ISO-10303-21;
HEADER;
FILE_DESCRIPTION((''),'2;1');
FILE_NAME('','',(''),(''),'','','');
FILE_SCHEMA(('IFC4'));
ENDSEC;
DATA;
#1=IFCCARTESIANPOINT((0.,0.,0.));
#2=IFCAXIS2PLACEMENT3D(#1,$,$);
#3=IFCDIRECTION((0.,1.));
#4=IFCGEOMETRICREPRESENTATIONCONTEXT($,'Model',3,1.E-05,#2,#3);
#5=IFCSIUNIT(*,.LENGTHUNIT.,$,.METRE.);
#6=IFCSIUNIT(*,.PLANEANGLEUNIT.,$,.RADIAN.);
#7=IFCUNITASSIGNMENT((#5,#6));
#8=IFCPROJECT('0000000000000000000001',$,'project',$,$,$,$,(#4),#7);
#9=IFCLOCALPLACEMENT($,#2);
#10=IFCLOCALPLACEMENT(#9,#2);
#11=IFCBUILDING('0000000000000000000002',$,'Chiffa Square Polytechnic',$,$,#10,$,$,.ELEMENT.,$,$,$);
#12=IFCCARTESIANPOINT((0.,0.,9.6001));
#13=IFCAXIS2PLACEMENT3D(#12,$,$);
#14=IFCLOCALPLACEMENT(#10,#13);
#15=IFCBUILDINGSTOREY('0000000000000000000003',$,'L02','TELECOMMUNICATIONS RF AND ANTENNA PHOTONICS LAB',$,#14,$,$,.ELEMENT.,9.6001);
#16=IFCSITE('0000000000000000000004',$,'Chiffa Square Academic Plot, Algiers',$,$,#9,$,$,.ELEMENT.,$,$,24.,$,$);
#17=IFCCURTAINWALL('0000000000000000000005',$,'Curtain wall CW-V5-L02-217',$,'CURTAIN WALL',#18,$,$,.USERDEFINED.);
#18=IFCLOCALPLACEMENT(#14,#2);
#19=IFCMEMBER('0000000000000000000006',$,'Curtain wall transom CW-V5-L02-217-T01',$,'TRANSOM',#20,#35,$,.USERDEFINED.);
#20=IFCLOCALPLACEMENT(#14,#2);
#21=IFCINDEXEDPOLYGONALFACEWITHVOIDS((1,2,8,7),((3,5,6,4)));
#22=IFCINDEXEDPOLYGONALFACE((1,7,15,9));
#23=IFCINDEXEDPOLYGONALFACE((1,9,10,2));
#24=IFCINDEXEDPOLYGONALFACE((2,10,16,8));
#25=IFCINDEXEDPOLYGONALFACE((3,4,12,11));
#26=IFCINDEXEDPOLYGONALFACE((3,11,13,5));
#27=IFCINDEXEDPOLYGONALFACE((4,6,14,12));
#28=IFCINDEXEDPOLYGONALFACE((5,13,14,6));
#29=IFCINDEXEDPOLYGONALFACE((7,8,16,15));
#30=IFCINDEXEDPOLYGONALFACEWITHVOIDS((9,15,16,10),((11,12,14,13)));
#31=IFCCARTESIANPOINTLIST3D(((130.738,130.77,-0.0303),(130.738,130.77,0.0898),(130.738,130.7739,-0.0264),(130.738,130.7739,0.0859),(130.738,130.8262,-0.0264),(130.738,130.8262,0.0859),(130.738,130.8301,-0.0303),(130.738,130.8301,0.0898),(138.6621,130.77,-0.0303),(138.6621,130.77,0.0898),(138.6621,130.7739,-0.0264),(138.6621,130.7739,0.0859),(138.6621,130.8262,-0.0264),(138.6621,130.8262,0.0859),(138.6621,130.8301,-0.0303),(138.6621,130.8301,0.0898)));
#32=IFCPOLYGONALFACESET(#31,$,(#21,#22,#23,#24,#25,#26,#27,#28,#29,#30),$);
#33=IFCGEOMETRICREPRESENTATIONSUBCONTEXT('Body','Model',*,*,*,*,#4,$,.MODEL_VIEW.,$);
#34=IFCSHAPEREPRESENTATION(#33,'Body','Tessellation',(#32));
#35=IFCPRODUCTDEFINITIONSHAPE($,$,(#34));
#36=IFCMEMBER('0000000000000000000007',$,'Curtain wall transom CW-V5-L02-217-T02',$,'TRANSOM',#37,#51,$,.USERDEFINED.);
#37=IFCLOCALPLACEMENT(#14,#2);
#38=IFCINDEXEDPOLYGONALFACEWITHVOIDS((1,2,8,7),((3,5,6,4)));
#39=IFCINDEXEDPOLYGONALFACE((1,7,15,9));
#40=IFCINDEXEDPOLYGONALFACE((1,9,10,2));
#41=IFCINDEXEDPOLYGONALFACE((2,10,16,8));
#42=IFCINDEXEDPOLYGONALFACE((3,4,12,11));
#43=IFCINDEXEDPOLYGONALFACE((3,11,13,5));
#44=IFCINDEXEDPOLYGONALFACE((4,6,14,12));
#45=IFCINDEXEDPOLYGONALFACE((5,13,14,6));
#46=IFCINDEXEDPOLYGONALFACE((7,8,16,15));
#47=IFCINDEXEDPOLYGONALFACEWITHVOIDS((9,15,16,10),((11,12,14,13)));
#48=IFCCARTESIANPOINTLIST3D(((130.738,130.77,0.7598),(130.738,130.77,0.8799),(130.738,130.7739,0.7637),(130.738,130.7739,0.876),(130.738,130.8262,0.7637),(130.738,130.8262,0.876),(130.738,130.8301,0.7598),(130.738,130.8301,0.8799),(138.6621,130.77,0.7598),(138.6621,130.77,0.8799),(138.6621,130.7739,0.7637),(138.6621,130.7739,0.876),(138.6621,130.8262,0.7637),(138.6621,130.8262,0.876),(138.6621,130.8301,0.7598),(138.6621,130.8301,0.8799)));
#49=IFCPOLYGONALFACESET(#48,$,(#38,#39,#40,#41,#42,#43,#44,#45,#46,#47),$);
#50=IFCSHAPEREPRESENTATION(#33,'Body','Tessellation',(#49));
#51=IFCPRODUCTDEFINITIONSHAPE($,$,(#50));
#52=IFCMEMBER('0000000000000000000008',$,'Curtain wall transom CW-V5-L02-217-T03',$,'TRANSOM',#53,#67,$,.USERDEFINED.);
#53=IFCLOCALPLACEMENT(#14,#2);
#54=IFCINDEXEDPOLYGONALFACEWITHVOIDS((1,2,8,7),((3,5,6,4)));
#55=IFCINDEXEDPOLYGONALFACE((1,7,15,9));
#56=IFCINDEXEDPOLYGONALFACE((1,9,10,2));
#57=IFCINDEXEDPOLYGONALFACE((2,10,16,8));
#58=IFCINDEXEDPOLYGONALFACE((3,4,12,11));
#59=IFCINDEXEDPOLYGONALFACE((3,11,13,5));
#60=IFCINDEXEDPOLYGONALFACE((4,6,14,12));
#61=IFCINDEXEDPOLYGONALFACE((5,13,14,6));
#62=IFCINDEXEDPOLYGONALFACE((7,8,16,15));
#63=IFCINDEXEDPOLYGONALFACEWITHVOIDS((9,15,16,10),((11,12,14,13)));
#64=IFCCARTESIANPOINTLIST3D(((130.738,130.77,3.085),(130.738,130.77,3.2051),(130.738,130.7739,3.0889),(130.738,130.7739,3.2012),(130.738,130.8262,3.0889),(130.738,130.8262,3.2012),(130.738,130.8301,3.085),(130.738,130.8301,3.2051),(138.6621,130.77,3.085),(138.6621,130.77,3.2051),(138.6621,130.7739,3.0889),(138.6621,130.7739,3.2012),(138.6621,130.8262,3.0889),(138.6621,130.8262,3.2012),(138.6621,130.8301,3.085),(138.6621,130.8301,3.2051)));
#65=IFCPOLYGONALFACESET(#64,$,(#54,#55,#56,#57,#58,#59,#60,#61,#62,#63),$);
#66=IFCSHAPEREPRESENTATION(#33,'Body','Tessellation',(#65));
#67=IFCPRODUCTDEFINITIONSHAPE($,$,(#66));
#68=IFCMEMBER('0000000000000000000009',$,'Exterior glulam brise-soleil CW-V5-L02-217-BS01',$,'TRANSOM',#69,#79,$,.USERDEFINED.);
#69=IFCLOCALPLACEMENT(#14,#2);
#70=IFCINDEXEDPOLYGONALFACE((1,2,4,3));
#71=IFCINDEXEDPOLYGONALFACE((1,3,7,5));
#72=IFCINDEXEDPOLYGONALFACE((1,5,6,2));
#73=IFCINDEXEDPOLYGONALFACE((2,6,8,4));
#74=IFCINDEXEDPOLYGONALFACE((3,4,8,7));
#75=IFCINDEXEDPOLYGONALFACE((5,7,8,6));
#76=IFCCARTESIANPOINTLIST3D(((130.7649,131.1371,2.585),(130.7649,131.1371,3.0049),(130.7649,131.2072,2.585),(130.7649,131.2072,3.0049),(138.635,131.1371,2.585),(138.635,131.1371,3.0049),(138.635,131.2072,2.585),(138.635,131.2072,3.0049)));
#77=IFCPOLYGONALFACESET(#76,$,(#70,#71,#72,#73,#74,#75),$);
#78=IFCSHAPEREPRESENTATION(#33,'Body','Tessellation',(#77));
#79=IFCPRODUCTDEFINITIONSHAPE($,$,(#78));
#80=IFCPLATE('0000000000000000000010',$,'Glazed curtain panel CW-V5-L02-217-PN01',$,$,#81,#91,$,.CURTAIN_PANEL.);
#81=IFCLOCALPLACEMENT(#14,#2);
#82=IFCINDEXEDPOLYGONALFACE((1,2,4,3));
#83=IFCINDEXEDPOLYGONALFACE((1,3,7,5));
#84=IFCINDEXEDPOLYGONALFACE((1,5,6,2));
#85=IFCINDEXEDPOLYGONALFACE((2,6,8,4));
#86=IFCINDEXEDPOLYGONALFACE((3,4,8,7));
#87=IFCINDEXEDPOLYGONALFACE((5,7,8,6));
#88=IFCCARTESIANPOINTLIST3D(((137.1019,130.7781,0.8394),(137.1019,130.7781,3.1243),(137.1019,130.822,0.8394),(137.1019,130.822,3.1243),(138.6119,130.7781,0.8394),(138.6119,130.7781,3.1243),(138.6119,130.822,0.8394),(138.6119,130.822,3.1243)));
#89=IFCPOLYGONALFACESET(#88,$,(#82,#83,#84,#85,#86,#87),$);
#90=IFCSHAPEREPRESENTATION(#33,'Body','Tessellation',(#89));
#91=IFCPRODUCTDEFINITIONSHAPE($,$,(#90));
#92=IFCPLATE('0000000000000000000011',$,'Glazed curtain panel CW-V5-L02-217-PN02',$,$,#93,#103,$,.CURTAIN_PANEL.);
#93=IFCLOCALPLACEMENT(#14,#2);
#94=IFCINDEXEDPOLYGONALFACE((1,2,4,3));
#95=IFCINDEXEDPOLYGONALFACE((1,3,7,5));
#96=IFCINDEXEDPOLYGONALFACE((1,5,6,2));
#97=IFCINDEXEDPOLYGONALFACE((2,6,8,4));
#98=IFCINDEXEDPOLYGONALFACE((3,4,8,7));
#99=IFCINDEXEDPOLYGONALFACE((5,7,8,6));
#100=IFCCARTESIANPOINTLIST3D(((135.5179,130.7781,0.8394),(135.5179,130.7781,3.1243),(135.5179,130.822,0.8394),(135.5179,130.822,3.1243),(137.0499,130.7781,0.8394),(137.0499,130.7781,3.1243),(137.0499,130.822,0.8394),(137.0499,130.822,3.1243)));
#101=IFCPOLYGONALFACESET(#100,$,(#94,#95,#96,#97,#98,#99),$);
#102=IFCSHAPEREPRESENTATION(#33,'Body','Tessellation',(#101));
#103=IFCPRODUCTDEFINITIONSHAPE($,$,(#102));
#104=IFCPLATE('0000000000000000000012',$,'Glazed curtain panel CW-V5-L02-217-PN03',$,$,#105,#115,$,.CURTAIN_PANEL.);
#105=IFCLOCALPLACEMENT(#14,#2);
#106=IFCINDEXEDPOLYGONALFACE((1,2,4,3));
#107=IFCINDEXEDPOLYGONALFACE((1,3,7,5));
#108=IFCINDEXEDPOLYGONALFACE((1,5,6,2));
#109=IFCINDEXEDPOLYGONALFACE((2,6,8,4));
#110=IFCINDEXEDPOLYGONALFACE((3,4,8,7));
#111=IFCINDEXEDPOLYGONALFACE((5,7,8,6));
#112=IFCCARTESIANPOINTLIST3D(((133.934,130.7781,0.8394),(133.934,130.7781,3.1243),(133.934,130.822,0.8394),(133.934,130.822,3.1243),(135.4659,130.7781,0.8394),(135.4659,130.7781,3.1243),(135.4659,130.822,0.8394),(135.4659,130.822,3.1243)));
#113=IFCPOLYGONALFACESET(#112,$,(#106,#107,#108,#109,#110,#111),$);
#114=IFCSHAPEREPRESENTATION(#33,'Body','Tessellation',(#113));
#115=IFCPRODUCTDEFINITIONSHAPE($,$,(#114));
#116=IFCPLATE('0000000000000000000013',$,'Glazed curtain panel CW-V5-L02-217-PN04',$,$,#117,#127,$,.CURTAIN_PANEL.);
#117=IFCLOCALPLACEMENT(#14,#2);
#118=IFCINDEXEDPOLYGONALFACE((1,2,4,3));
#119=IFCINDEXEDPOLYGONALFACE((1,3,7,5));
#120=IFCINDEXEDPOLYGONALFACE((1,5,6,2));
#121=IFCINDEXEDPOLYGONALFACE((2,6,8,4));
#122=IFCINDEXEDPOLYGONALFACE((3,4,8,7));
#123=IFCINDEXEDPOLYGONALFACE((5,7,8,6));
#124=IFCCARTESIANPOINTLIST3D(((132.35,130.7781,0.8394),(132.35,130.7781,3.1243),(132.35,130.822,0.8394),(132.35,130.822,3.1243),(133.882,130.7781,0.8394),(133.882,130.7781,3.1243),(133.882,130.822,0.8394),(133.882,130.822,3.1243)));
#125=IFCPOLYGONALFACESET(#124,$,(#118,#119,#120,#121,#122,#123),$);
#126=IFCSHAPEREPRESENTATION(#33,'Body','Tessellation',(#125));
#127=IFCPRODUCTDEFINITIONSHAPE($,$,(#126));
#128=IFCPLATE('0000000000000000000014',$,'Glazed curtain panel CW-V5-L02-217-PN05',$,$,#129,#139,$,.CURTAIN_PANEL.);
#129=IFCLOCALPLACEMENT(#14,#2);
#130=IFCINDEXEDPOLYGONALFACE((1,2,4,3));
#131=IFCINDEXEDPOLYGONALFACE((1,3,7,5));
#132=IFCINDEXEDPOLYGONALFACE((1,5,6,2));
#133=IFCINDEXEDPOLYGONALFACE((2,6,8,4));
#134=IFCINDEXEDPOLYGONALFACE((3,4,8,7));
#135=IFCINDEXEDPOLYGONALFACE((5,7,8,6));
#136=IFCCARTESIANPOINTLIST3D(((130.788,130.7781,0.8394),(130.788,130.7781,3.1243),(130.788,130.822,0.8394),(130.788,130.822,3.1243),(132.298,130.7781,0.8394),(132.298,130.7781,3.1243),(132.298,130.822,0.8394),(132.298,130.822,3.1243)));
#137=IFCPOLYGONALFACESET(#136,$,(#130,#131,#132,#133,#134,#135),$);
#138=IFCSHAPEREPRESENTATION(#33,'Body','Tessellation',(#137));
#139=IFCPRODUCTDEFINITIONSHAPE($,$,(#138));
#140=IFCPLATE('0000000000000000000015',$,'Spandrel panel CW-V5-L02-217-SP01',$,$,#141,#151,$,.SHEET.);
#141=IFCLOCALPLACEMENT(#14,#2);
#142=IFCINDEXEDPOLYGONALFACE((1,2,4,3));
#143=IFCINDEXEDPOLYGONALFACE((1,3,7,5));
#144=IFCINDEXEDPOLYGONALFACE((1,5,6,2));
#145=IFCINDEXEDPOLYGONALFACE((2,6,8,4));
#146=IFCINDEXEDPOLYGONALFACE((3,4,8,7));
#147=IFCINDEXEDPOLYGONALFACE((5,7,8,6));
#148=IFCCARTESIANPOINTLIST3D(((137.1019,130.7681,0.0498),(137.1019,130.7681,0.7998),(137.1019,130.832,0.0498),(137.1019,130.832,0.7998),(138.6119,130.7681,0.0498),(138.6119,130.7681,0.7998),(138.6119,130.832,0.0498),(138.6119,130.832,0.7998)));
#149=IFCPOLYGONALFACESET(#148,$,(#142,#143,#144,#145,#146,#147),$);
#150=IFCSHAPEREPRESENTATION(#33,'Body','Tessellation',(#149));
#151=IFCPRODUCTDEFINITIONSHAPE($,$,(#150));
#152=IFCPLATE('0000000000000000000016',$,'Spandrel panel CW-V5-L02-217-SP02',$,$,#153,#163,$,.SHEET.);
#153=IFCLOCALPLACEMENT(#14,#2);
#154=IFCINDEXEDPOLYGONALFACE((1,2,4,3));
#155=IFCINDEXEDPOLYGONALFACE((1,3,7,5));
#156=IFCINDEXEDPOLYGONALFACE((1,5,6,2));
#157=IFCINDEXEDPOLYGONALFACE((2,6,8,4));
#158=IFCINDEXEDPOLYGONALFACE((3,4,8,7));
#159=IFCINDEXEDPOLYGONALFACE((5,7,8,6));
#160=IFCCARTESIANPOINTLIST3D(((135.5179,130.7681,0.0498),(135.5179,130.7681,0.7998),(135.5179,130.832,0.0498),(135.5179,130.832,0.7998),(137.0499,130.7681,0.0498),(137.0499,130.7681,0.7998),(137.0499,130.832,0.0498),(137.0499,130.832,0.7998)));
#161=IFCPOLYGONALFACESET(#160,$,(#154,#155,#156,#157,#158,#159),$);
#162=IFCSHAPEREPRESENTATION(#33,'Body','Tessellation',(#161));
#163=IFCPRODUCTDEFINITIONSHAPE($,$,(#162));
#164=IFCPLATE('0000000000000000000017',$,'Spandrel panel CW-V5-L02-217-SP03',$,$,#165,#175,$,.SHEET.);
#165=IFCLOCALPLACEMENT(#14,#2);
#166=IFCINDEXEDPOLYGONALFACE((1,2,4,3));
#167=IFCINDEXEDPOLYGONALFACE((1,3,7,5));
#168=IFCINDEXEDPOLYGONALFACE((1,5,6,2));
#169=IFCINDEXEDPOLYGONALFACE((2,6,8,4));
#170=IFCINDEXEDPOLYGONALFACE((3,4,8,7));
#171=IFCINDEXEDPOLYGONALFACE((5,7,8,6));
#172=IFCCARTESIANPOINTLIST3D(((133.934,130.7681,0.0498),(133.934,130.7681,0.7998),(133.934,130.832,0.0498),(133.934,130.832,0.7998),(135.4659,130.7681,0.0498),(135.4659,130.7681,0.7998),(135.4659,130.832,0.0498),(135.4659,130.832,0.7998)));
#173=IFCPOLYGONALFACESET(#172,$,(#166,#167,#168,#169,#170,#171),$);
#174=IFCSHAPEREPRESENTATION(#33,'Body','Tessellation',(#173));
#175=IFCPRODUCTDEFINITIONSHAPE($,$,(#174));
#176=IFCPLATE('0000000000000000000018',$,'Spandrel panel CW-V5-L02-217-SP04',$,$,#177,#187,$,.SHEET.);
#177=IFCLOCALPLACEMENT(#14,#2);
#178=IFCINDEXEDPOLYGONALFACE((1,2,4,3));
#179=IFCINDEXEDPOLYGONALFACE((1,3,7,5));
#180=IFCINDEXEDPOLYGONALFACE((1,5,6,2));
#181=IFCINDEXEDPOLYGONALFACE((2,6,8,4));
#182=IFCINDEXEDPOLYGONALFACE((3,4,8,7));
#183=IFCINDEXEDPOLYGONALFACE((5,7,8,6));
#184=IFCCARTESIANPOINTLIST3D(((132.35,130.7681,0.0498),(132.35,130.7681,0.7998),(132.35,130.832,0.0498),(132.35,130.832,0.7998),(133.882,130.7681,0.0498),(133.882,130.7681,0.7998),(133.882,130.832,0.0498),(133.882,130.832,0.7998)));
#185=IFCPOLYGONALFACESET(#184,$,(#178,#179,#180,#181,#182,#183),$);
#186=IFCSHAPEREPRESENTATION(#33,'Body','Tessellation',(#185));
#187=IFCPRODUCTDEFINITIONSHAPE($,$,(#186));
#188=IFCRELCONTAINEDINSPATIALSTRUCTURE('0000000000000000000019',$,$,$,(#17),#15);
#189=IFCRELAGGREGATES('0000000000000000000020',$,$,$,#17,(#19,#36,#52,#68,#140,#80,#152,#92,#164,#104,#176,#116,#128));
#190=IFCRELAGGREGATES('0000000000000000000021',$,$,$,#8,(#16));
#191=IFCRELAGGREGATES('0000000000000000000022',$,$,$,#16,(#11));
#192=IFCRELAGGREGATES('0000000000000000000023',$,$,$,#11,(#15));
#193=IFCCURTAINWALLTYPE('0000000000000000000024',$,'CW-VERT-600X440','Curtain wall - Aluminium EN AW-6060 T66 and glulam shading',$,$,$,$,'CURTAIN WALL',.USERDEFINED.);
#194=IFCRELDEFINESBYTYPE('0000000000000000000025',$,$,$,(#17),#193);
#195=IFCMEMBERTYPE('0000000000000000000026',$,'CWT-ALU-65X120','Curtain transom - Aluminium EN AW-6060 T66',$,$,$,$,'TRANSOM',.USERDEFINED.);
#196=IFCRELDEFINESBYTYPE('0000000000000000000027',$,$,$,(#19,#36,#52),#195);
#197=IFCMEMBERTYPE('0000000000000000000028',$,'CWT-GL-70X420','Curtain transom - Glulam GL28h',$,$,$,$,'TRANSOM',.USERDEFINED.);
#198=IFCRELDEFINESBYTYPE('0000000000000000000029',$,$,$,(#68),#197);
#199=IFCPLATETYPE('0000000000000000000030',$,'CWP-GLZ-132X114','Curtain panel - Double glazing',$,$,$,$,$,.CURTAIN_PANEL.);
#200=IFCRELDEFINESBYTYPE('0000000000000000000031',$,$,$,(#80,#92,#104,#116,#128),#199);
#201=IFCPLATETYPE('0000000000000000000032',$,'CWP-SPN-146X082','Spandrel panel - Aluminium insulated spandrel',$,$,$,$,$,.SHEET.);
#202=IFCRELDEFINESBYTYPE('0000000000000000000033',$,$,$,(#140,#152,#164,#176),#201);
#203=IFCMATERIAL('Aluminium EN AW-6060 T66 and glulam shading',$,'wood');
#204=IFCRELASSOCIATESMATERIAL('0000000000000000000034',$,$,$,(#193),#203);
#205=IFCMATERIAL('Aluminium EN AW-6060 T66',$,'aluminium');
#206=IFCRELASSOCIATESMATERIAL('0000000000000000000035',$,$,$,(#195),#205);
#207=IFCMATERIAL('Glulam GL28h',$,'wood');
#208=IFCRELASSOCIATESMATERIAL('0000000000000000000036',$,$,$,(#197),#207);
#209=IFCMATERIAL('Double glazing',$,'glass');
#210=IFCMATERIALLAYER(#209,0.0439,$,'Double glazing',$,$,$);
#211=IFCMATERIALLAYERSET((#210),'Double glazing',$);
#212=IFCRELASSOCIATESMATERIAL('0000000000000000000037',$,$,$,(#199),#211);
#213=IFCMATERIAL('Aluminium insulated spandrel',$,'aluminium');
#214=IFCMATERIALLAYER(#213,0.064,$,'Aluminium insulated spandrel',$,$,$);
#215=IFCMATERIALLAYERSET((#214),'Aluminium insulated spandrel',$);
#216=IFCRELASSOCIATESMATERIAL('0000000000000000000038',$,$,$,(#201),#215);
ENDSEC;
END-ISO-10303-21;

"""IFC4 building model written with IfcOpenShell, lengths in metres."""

from ifc_helpers import new_model, si_unit, direction, frame, origin, origin_2d, place, context, subcontext, project, spatial, rectangle, hollow_rectangle, extrude, material, layer, layer_set, material_profile, profile_set, type_object, element, aggregate, save


model = new_model("IFC4")

# Units and contexts
model_context = context("Model", 3, precision=1e-05, world=origin(), true_north=direction((0.0, 1.0)))
body_context = subcontext(model_context, "Body", "Model", "MODEL_VIEW")
ifc_project = project(units=[si_unit("LENGTHUNIT", "METRE"), si_unit("PLANEANGLEUNIT", "RADIAN")], contexts=[model_context])

# Site, building, storey
site_placement = place(None, origin())
site = spatial("IfcSite", under=ifc_project, at=site_placement, Name="Chiffa Square Academic Plot, Algiers", CompositionType="ELEMENT", RefElevation=24.0)
building_placement = place(site_placement, origin())
building = spatial("IfcBuilding", under=site, at=building_placement, Name="Chiffa Square Polytechnic", CompositionType="ELEMENT")
storey_placement = place(building_placement, frame((0.0, 0.0, 9.6001)))
storey = spatial("IfcBuildingStorey", under=building, at=storey_placement, Name="L02", Description="TELECOMMUNICATIONS RF AND ANTENNA PHOTONICS LAB", CompositionType="ELEMENT", Elevation=9.6001)

# Curtain wall, members, plates
ifc_material_1 = material(Name="Aluminium EN AW-6060 T66 and glulam shading", Category="wood")
curtain_wall_type = type_object("IfcCurtainWallType", Name="CW-VERT-600X440", Description="Curtain wall - Aluminium EN AW-6060 T66 and glulam shading", ElementType="CURTAIN WALL", PredefinedType="USERDEFINED", material=ifc_material_1)
curtain_wall_placement = place(storey_placement, origin())
curtain_wall = element("IfcCurtainWall", 1, at=curtain_wall_placement, inside=storey, type_object=curtain_wall_type, Name="Curtain wall CW-V5-L02-217", ObjectType="CURTAIN WALL", PredefinedType="USERDEFINED")
ifc_material_2 = material(Name="Aluminium EN AW-6060 T66", Category="aluminium")
ifc_material_3 = material(Name="Glulam GL28h", Category="wood")
ifc_material_profile_1 = material_profile(ifc_material_2, hollow_rectangle(XDim=0.0601, YDim=0.1201, WallThickness=0.0039, at=origin_2d()), Name="ALU 60x120x4")
ifc_profile_set_1 = profile_set([ifc_material_profile_1], Name="Aluminium EN AW-6060 T66")
member_type_1 = type_object("IfcMemberType", Name="CWT-ALU-65X120", Description="Curtain transom - Aluminium EN AW-6060 T66", ElementType="TRANSOM", PredefinedType="USERDEFINED", material=ifc_profile_set_1)
member_1_placement = place(storey_placement, frame((138.6621, 130.8, 0.0298), z_axis=(-1.0, 0.0, 0.0), x_axis=(0.0, -1.0, 0.0)))
member_1 = element("IfcMember", 2, at=member_1_placement, type_object=member_type_1, Name="Curtain wall transom CW-V5-L02-217-T01", ObjectType="TRANSOM", PredefinedType="USERDEFINED", context=body_context, shape_type="SweptSolid", body=[
    extrude(hollow_rectangle(XDim=0.0601, YDim=0.1201, WallThickness=0.0039, at=origin_2d()), origin(), (0.0, 0.0, 1.0), 7.9241),
])
member_2_placement = place(storey_placement, frame((138.6621, 130.8, 0.8198), z_axis=(-1.0, 0.0, 0.0), x_axis=(0.0, -1.0, 0.0)))
member_2 = element("IfcMember", 3, at=member_2_placement, type_object=member_type_1, Name="Curtain wall transom CW-V5-L02-217-T02", ObjectType="TRANSOM", PredefinedType="USERDEFINED", context=body_context, shape_type="SweptSolid", body=[
    extrude(hollow_rectangle(XDim=0.0601, YDim=0.1201, WallThickness=0.0039, at=origin_2d()), origin(), (0.0, 0.0, 1.0), 7.9241),
])
member_3_placement = place(storey_placement, frame((138.6621, 130.8, 3.145), z_axis=(-1.0, 0.0, 0.0), x_axis=(0.0, -1.0, 0.0)))
member_3 = element("IfcMember", 4, at=member_3_placement, type_object=member_type_1, Name="Curtain wall transom CW-V5-L02-217-T03", ObjectType="TRANSOM", PredefinedType="USERDEFINED", context=body_context, shape_type="SweptSolid", body=[
    extrude(hollow_rectangle(XDim=0.0601, YDim=0.1201, WallThickness=0.0039, at=origin_2d()), origin(), (0.0, 0.0, 1.0), 7.9241),
])
ifc_material_profile_2 = material_profile(ifc_material_3, rectangle(XDim=0.0701, YDim=0.4199, at=origin_2d()), Name="GL28h 70x420")
ifc_profile_set_2 = profile_set([ifc_material_profile_2], Name="Glulam GL28h")
member_type_2 = type_object("IfcMemberType", Name="CWT-GL-70X420", Description="Curtain transom - Glulam GL28h", ElementType="TRANSOM", PredefinedType="USERDEFINED", material=ifc_profile_set_2)
member_4_placement = place(storey_placement, frame((138.635, 131.1721, 2.7949), z_axis=(-1.0, 0.0, 0.0), x_axis=(0.0, -1.0, 0.0)))
member_4 = element("IfcMember", 5, at=member_4_placement, type_object=member_type_2, Name="Exterior glulam brise-soleil CW-V5-L02-217-BS01", ObjectType="TRANSOM", PredefinedType="USERDEFINED", context=body_context, shape_type="SweptSolid", body=[
    extrude(rectangle(XDim=0.0701, YDim=0.4199, at=origin_2d()), origin(), (0.0, 0.0, 1.0), 7.8701),
])
ifc_material_4 = material(Name="Double glazing", Category="glass")
ifc_layer_1 = layer(ifc_material_4, 0.0439, Name="Double glazing")
ifc_layer_set_1 = layer_set([ifc_layer_1], Name="Double glazing")
plate_type_1 = type_object("IfcPlateType", Name="CWP-GLZ-132X114", Description="Curtain panel - Double glazing", PredefinedType="CURTAIN_PANEL", material=ifc_layer_set_1)
plate_1_placement = place(storey_placement, frame((137.8569, 130.8, 0.8394), z_axis=(0.0, 0.0, 1.0), x_axis=(-1.0, 0.0, 0.0)))
plate_1 = element("IfcPlate", 6, at=plate_1_placement, type_object=plate_type_1, Name="Glazed curtain panel CW-V5-L02-217-PN01", PredefinedType="CURTAIN_PANEL", context=body_context, shape_type="SweptSolid", body=[
    extrude(rectangle(XDim=1.51, YDim=0.0439, at=origin_2d()), origin(), (0.0, 0.0, 1.0), 2.2849),
])
plate_2_placement = place(storey_placement, frame((136.2839, 130.8, 0.8394), z_axis=(0.0, 0.0, 1.0), x_axis=(-1.0, 0.0, 0.0)))
plate_2 = element("IfcPlate", 7, at=plate_2_placement, type_object=plate_type_1, Name="Glazed curtain panel CW-V5-L02-217-PN02", PredefinedType="CURTAIN_PANEL", context=body_context, shape_type="SweptSolid", body=[
    extrude(rectangle(XDim=1.532, YDim=0.0439, at=origin_2d()), origin(), (0.0, 0.0, 1.0), 2.2849),
])
plate_3_placement = place(storey_placement, frame((134.7, 130.8, 0.8394), z_axis=(0.0, 0.0, 1.0), x_axis=(-1.0, 0.0, 0.0)))
plate_3 = element("IfcPlate", 8, at=plate_3_placement, type_object=plate_type_1, Name="Glazed curtain panel CW-V5-L02-217-PN03", PredefinedType="CURTAIN_PANEL", context=body_context, shape_type="SweptSolid", body=[
    extrude(rectangle(XDim=1.532, YDim=0.0439, at=origin_2d()), origin(), (0.0, 0.0, 1.0), 2.2849),
])
plate_4_placement = place(storey_placement, frame((133.116, 130.8, 0.8394), z_axis=(0.0, 0.0, 1.0), x_axis=(-1.0, 0.0, 0.0)))
plate_4 = element("IfcPlate", 9, at=plate_4_placement, type_object=plate_type_1, Name="Glazed curtain panel CW-V5-L02-217-PN04", PredefinedType="CURTAIN_PANEL", context=body_context, shape_type="SweptSolid", body=[
    extrude(rectangle(XDim=1.532, YDim=0.0439, at=origin_2d()), origin(), (0.0, 0.0, 1.0), 2.2849),
])
plate_5_placement = place(storey_placement, frame((131.543, 130.8, 0.8394), z_axis=(0.0, 0.0, 1.0), x_axis=(-1.0, 0.0, 0.0)))
plate_5 = element("IfcPlate", 10, at=plate_5_placement, type_object=plate_type_1, Name="Glazed curtain panel CW-V5-L02-217-PN05", PredefinedType="CURTAIN_PANEL", context=body_context, shape_type="SweptSolid", body=[
    extrude(rectangle(XDim=1.51, YDim=0.0439, at=origin_2d()), origin(), (0.0, 0.0, 1.0), 2.2849),
])
ifc_material_5 = material(Name="Aluminium insulated spandrel", Category="aluminium")
ifc_layer_2 = layer(ifc_material_5, 0.064, Name="Aluminium insulated spandrel")
ifc_layer_set_2 = layer_set([ifc_layer_2], Name="Aluminium insulated spandrel")
plate_type_2 = type_object("IfcPlateType", Name="CWP-SPN-146X082", Description="Spandrel panel - Aluminium insulated spandrel", PredefinedType="SHEET", material=ifc_layer_set_2)
plate_6_placement = place(storey_placement, frame((137.8569, 130.8, 0.0498), z_axis=(0.0, 0.0, 1.0), x_axis=(-1.0, 0.0, 0.0)))
plate_6 = element("IfcPlate", 11, at=plate_6_placement, type_object=plate_type_2, Name="Spandrel panel CW-V5-L02-217-SP01", PredefinedType="SHEET", context=body_context, shape_type="SweptSolid", body=[
    extrude(rectangle(XDim=1.51, YDim=0.064, at=origin_2d()), origin(), (0.0, 0.0, 1.0), 0.75),
])
plate_7_placement = place(storey_placement, frame((136.2839, 130.8, 0.0498), z_axis=(0.0, 0.0, 1.0), x_axis=(-1.0, 0.0, 0.0)))
plate_7 = element("IfcPlate", 12, at=plate_7_placement, type_object=plate_type_2, Name="Spandrel panel CW-V5-L02-217-SP02", PredefinedType="SHEET", context=body_context, shape_type="SweptSolid", body=[
    extrude(rectangle(XDim=1.532, YDim=0.064, at=origin_2d()), origin(), (0.0, 0.0, 1.0), 0.75),
])
plate_8_placement = place(storey_placement, frame((134.7, 130.8, 0.0498), z_axis=(0.0, 0.0, 1.0), x_axis=(-1.0, 0.0, 0.0)))
plate_8 = element("IfcPlate", 13, at=plate_8_placement, type_object=plate_type_2, Name="Spandrel panel CW-V5-L02-217-SP03", PredefinedType="SHEET", context=body_context, shape_type="SweptSolid", body=[
    extrude(rectangle(XDim=1.532, YDim=0.064, at=origin_2d()), origin(), (0.0, 0.0, 1.0), 0.75),
])
plate_9_placement = place(storey_placement, frame((133.116, 130.8, 0.0498), z_axis=(0.0, 0.0, 1.0), x_axis=(-1.0, 0.0, 0.0)))
plate_9 = element("IfcPlate", 14, at=plate_9_placement, type_object=plate_type_2, Name="Spandrel panel CW-V5-L02-217-SP04", PredefinedType="SHEET", context=body_context, shape_type="SweptSolid", body=[
    extrude(rectangle(XDim=1.532, YDim=0.064, at=origin_2d()), origin(), (0.0, 0.0, 1.0), 0.75),
])
aggregate(curtain_wall, [member_1, member_2, member_3, member_4, plate_6, plate_1, plate_7, plate_2, plate_8, plate_3, plate_9, plate_4, plate_5])

save(model, "model.ifc")
